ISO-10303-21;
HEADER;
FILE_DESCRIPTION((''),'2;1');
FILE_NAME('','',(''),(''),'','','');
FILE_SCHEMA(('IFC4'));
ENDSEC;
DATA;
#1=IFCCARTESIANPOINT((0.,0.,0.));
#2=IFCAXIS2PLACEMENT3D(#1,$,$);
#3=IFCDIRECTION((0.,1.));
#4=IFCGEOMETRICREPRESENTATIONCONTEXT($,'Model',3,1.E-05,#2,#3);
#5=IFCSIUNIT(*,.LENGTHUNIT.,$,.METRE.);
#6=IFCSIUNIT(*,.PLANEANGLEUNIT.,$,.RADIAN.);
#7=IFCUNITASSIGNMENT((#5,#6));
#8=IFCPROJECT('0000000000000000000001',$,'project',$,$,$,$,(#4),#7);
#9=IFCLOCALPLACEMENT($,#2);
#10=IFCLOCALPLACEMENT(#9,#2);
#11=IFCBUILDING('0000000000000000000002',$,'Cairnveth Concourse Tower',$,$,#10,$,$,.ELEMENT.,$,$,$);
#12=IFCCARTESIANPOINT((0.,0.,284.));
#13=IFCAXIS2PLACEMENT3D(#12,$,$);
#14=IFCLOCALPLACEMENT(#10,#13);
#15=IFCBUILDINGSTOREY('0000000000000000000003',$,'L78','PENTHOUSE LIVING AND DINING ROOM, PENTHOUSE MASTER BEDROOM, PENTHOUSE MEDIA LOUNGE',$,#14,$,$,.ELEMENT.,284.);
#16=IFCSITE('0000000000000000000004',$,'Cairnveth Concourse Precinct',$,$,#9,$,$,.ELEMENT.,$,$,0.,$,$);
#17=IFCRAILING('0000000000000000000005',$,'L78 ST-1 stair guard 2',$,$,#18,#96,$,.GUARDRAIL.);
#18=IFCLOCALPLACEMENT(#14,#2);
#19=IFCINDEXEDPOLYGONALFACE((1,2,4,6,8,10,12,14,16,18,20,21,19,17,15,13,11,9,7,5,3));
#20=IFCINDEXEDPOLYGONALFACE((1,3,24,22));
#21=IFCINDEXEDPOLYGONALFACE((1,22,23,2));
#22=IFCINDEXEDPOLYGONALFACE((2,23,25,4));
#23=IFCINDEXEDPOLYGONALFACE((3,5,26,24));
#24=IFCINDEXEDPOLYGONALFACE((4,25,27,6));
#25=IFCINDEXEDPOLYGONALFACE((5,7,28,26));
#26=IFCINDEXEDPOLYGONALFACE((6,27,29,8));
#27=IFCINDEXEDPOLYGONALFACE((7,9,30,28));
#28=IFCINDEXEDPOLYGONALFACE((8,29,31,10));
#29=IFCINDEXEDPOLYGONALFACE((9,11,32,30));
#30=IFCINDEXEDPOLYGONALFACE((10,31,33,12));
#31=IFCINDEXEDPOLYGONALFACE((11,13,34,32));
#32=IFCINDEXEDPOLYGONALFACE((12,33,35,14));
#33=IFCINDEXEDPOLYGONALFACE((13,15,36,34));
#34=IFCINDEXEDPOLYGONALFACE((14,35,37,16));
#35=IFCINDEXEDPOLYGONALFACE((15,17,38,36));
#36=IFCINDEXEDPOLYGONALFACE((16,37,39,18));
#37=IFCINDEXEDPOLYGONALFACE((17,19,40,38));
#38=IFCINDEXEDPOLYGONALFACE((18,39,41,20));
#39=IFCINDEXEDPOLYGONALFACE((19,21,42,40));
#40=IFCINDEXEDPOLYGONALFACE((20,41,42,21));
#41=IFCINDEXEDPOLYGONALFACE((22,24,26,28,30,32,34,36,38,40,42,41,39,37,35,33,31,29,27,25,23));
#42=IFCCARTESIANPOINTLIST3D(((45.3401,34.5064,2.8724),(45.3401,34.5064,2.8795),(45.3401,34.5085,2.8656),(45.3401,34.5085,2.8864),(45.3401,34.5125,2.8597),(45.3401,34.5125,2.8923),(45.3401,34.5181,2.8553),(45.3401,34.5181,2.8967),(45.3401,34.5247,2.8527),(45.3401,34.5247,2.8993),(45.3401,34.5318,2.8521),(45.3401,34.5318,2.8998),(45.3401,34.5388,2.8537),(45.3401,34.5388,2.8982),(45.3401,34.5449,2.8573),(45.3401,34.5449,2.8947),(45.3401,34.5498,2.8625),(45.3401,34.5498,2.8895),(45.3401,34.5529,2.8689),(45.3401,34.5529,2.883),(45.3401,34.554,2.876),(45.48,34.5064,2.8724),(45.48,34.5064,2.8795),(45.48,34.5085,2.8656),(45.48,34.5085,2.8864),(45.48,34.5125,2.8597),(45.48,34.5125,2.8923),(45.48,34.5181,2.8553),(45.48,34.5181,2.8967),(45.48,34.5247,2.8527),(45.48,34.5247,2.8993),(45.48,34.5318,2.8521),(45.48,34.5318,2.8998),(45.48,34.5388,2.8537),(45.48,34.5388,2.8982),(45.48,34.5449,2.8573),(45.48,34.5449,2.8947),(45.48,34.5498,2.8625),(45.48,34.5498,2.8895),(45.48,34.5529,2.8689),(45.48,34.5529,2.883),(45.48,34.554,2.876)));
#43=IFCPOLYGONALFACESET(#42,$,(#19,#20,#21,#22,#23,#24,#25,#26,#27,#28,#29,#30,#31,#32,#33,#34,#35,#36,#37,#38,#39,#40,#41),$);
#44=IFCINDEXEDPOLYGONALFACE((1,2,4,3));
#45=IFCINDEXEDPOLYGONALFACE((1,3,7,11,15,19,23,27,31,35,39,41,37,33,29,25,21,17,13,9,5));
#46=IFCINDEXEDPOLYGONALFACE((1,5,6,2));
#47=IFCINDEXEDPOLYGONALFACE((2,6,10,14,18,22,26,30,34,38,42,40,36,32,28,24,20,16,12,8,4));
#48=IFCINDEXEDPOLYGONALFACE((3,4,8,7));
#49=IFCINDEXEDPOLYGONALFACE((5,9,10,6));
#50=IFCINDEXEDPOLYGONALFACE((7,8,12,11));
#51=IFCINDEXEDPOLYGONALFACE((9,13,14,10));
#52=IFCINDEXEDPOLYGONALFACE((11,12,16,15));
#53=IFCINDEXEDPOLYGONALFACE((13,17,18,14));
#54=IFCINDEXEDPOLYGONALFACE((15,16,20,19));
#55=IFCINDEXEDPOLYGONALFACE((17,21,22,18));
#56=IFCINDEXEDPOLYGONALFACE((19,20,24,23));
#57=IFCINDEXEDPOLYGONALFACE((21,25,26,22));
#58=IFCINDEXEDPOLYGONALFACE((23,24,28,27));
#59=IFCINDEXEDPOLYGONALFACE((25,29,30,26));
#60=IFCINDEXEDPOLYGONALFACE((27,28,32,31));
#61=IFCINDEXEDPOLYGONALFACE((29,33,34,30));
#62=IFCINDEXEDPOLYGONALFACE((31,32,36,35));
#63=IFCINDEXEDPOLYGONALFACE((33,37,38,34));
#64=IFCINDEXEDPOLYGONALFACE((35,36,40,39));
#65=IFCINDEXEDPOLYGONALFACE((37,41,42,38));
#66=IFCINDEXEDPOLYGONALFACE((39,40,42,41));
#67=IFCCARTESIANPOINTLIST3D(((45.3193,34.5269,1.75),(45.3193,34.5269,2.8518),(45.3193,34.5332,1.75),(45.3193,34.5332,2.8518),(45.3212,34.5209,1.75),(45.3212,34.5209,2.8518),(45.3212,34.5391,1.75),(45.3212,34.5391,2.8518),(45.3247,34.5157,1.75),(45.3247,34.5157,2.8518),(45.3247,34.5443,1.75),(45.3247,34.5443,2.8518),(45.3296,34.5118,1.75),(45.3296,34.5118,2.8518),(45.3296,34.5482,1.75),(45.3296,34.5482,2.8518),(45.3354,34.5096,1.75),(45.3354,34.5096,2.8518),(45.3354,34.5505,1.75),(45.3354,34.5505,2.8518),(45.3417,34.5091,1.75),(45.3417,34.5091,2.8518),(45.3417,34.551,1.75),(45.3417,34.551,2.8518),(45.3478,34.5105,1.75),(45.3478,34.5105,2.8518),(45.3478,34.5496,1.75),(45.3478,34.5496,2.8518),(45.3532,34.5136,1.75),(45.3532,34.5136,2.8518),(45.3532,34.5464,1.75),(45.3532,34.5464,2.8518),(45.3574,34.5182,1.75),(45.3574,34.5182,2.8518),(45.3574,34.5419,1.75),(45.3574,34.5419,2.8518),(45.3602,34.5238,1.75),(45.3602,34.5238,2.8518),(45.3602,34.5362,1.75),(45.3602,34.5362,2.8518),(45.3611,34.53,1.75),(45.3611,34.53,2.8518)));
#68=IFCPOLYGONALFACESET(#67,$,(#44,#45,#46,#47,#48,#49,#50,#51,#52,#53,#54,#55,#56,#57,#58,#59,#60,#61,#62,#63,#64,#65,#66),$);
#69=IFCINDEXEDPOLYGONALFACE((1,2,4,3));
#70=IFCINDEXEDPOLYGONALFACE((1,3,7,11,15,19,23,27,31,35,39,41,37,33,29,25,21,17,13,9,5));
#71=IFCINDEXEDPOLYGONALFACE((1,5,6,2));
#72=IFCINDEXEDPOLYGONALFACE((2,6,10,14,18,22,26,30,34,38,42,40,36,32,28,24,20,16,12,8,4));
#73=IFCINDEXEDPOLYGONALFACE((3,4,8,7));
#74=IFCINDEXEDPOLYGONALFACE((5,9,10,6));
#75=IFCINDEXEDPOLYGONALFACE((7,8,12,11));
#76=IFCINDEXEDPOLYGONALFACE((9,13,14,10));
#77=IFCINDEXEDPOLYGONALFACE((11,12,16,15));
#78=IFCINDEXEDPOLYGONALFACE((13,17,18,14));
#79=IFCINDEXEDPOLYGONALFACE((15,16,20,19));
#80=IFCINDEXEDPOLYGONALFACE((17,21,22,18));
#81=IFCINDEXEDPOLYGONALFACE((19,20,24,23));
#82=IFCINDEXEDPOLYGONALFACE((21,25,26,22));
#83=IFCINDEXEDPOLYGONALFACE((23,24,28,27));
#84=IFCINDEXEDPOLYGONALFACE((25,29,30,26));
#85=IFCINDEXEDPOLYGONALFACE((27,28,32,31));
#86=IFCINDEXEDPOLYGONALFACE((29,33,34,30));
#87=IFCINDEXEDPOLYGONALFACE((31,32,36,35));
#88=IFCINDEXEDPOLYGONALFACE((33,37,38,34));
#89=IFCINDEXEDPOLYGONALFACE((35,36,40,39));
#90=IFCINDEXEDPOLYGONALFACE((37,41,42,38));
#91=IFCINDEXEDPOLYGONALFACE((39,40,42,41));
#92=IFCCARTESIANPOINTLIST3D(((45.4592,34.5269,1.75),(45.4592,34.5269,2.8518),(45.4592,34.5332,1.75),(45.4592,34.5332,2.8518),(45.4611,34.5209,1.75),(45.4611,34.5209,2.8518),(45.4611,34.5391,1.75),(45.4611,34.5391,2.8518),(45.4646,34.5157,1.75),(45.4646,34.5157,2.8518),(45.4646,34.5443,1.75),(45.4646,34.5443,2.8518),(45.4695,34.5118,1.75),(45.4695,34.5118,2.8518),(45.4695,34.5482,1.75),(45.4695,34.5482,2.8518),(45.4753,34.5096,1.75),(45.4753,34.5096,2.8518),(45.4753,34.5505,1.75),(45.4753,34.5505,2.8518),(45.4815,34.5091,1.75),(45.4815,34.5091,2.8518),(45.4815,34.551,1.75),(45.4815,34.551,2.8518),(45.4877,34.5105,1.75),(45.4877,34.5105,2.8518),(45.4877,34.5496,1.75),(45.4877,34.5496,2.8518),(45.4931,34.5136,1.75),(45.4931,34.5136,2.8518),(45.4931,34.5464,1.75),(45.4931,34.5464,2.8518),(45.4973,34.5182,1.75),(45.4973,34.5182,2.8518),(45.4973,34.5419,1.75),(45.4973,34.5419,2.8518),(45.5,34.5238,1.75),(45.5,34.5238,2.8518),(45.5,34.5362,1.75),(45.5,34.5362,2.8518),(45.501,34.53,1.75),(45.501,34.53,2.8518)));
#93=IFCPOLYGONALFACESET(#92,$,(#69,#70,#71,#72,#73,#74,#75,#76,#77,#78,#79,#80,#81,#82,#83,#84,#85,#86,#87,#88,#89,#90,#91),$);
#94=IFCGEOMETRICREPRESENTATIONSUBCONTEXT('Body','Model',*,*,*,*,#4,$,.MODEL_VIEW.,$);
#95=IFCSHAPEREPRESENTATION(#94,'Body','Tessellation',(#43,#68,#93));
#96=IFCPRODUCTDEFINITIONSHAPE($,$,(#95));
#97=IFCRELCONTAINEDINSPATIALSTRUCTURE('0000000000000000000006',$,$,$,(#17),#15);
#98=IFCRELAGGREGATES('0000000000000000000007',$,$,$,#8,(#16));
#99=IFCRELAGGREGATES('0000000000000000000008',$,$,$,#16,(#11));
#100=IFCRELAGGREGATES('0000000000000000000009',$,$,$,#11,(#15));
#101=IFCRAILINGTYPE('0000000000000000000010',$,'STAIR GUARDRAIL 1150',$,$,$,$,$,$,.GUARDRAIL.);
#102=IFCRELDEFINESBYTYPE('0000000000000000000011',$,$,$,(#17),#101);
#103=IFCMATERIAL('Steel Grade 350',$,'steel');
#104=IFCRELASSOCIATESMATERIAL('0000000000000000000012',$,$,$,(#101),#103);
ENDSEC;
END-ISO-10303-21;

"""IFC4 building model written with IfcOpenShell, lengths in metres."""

from ifc_helpers import new_model, si_unit, direction, frame, origin, origin_2d, place, context, subcontext, project, spatial, circle, extrude, material, type_object, element, save


model = new_model("IFC4")

# Units and contexts
model_context = context("Model", 3, precision=1e-05, world=origin(), true_north=direction((0.0, 1.0)))
body_context = subcontext(model_context, "Body", "Model", "MODEL_VIEW")
ifc_project = project(units=[si_unit("LENGTHUNIT", "METRE"), si_unit("PLANEANGLEUNIT", "RADIAN")], contexts=[model_context])

# Site, building, storey
site_placement = place(None, origin())
site = spatial("IfcSite", under=ifc_project, at=site_placement, Name="Cairnveth Concourse Precinct", CompositionType="ELEMENT", RefElevation=0.0)
building_placement = place(site_placement, origin())
building = spatial("IfcBuilding", under=site, at=building_placement, Name="Cairnveth Concourse Tower", CompositionType="ELEMENT")
storey_placement = place(building_placement, frame((0.0, 0.0, 284.0)))
storey = spatial("IfcBuildingStorey", under=building, at=storey_placement, Name="L78", Description="PENTHOUSE LIVING AND DINING ROOM, PENTHOUSE MASTER BEDROOM, PENTHOUSE MEDIA LOUNGE", CompositionType="ELEMENT", Elevation=284.0)

# Shared definitions
ifc_material_1 = material(Name="Steel Grade 350", Category="steel")

# Railing
railing_type_1 = type_object("IfcRailingType", Name="STAIR GUARDRAIL 1150", PredefinedType="GUARDRAIL", material=ifc_material_1)
railing_1_placement = place(storey_placement, frame((45.3401, 34.53, 1.75)))
element("IfcRailing", 1, at=railing_1_placement, inside=storey, type_object=railing_type_1, Name="L78 ST-1 stair guard 2", PredefinedType="GUARDRAIL", context=body_context, shape_type="SweptSolid", body=[
    extrude(circle(Radius=0.0239, at=origin_2d()), frame((0.0, 0.0, 1.126), z_axis=(1.0, 0.0, 0.0), x_axis=(0.0, 1.0, 0.0)), (0.0, 0.0, 1.0), 0.1399),
    extrude(circle(Radius=0.021, at=origin_2d()), origin(), (0.0, 0.0, 1.0), 1.1018),
    extrude(circle(Radius=0.021, at=origin_2d()), frame((0.1399, 0.0, 0.0)), (0.0, 0.0, 1.0), 1.1018),
])

save(model, "model.ifc")
